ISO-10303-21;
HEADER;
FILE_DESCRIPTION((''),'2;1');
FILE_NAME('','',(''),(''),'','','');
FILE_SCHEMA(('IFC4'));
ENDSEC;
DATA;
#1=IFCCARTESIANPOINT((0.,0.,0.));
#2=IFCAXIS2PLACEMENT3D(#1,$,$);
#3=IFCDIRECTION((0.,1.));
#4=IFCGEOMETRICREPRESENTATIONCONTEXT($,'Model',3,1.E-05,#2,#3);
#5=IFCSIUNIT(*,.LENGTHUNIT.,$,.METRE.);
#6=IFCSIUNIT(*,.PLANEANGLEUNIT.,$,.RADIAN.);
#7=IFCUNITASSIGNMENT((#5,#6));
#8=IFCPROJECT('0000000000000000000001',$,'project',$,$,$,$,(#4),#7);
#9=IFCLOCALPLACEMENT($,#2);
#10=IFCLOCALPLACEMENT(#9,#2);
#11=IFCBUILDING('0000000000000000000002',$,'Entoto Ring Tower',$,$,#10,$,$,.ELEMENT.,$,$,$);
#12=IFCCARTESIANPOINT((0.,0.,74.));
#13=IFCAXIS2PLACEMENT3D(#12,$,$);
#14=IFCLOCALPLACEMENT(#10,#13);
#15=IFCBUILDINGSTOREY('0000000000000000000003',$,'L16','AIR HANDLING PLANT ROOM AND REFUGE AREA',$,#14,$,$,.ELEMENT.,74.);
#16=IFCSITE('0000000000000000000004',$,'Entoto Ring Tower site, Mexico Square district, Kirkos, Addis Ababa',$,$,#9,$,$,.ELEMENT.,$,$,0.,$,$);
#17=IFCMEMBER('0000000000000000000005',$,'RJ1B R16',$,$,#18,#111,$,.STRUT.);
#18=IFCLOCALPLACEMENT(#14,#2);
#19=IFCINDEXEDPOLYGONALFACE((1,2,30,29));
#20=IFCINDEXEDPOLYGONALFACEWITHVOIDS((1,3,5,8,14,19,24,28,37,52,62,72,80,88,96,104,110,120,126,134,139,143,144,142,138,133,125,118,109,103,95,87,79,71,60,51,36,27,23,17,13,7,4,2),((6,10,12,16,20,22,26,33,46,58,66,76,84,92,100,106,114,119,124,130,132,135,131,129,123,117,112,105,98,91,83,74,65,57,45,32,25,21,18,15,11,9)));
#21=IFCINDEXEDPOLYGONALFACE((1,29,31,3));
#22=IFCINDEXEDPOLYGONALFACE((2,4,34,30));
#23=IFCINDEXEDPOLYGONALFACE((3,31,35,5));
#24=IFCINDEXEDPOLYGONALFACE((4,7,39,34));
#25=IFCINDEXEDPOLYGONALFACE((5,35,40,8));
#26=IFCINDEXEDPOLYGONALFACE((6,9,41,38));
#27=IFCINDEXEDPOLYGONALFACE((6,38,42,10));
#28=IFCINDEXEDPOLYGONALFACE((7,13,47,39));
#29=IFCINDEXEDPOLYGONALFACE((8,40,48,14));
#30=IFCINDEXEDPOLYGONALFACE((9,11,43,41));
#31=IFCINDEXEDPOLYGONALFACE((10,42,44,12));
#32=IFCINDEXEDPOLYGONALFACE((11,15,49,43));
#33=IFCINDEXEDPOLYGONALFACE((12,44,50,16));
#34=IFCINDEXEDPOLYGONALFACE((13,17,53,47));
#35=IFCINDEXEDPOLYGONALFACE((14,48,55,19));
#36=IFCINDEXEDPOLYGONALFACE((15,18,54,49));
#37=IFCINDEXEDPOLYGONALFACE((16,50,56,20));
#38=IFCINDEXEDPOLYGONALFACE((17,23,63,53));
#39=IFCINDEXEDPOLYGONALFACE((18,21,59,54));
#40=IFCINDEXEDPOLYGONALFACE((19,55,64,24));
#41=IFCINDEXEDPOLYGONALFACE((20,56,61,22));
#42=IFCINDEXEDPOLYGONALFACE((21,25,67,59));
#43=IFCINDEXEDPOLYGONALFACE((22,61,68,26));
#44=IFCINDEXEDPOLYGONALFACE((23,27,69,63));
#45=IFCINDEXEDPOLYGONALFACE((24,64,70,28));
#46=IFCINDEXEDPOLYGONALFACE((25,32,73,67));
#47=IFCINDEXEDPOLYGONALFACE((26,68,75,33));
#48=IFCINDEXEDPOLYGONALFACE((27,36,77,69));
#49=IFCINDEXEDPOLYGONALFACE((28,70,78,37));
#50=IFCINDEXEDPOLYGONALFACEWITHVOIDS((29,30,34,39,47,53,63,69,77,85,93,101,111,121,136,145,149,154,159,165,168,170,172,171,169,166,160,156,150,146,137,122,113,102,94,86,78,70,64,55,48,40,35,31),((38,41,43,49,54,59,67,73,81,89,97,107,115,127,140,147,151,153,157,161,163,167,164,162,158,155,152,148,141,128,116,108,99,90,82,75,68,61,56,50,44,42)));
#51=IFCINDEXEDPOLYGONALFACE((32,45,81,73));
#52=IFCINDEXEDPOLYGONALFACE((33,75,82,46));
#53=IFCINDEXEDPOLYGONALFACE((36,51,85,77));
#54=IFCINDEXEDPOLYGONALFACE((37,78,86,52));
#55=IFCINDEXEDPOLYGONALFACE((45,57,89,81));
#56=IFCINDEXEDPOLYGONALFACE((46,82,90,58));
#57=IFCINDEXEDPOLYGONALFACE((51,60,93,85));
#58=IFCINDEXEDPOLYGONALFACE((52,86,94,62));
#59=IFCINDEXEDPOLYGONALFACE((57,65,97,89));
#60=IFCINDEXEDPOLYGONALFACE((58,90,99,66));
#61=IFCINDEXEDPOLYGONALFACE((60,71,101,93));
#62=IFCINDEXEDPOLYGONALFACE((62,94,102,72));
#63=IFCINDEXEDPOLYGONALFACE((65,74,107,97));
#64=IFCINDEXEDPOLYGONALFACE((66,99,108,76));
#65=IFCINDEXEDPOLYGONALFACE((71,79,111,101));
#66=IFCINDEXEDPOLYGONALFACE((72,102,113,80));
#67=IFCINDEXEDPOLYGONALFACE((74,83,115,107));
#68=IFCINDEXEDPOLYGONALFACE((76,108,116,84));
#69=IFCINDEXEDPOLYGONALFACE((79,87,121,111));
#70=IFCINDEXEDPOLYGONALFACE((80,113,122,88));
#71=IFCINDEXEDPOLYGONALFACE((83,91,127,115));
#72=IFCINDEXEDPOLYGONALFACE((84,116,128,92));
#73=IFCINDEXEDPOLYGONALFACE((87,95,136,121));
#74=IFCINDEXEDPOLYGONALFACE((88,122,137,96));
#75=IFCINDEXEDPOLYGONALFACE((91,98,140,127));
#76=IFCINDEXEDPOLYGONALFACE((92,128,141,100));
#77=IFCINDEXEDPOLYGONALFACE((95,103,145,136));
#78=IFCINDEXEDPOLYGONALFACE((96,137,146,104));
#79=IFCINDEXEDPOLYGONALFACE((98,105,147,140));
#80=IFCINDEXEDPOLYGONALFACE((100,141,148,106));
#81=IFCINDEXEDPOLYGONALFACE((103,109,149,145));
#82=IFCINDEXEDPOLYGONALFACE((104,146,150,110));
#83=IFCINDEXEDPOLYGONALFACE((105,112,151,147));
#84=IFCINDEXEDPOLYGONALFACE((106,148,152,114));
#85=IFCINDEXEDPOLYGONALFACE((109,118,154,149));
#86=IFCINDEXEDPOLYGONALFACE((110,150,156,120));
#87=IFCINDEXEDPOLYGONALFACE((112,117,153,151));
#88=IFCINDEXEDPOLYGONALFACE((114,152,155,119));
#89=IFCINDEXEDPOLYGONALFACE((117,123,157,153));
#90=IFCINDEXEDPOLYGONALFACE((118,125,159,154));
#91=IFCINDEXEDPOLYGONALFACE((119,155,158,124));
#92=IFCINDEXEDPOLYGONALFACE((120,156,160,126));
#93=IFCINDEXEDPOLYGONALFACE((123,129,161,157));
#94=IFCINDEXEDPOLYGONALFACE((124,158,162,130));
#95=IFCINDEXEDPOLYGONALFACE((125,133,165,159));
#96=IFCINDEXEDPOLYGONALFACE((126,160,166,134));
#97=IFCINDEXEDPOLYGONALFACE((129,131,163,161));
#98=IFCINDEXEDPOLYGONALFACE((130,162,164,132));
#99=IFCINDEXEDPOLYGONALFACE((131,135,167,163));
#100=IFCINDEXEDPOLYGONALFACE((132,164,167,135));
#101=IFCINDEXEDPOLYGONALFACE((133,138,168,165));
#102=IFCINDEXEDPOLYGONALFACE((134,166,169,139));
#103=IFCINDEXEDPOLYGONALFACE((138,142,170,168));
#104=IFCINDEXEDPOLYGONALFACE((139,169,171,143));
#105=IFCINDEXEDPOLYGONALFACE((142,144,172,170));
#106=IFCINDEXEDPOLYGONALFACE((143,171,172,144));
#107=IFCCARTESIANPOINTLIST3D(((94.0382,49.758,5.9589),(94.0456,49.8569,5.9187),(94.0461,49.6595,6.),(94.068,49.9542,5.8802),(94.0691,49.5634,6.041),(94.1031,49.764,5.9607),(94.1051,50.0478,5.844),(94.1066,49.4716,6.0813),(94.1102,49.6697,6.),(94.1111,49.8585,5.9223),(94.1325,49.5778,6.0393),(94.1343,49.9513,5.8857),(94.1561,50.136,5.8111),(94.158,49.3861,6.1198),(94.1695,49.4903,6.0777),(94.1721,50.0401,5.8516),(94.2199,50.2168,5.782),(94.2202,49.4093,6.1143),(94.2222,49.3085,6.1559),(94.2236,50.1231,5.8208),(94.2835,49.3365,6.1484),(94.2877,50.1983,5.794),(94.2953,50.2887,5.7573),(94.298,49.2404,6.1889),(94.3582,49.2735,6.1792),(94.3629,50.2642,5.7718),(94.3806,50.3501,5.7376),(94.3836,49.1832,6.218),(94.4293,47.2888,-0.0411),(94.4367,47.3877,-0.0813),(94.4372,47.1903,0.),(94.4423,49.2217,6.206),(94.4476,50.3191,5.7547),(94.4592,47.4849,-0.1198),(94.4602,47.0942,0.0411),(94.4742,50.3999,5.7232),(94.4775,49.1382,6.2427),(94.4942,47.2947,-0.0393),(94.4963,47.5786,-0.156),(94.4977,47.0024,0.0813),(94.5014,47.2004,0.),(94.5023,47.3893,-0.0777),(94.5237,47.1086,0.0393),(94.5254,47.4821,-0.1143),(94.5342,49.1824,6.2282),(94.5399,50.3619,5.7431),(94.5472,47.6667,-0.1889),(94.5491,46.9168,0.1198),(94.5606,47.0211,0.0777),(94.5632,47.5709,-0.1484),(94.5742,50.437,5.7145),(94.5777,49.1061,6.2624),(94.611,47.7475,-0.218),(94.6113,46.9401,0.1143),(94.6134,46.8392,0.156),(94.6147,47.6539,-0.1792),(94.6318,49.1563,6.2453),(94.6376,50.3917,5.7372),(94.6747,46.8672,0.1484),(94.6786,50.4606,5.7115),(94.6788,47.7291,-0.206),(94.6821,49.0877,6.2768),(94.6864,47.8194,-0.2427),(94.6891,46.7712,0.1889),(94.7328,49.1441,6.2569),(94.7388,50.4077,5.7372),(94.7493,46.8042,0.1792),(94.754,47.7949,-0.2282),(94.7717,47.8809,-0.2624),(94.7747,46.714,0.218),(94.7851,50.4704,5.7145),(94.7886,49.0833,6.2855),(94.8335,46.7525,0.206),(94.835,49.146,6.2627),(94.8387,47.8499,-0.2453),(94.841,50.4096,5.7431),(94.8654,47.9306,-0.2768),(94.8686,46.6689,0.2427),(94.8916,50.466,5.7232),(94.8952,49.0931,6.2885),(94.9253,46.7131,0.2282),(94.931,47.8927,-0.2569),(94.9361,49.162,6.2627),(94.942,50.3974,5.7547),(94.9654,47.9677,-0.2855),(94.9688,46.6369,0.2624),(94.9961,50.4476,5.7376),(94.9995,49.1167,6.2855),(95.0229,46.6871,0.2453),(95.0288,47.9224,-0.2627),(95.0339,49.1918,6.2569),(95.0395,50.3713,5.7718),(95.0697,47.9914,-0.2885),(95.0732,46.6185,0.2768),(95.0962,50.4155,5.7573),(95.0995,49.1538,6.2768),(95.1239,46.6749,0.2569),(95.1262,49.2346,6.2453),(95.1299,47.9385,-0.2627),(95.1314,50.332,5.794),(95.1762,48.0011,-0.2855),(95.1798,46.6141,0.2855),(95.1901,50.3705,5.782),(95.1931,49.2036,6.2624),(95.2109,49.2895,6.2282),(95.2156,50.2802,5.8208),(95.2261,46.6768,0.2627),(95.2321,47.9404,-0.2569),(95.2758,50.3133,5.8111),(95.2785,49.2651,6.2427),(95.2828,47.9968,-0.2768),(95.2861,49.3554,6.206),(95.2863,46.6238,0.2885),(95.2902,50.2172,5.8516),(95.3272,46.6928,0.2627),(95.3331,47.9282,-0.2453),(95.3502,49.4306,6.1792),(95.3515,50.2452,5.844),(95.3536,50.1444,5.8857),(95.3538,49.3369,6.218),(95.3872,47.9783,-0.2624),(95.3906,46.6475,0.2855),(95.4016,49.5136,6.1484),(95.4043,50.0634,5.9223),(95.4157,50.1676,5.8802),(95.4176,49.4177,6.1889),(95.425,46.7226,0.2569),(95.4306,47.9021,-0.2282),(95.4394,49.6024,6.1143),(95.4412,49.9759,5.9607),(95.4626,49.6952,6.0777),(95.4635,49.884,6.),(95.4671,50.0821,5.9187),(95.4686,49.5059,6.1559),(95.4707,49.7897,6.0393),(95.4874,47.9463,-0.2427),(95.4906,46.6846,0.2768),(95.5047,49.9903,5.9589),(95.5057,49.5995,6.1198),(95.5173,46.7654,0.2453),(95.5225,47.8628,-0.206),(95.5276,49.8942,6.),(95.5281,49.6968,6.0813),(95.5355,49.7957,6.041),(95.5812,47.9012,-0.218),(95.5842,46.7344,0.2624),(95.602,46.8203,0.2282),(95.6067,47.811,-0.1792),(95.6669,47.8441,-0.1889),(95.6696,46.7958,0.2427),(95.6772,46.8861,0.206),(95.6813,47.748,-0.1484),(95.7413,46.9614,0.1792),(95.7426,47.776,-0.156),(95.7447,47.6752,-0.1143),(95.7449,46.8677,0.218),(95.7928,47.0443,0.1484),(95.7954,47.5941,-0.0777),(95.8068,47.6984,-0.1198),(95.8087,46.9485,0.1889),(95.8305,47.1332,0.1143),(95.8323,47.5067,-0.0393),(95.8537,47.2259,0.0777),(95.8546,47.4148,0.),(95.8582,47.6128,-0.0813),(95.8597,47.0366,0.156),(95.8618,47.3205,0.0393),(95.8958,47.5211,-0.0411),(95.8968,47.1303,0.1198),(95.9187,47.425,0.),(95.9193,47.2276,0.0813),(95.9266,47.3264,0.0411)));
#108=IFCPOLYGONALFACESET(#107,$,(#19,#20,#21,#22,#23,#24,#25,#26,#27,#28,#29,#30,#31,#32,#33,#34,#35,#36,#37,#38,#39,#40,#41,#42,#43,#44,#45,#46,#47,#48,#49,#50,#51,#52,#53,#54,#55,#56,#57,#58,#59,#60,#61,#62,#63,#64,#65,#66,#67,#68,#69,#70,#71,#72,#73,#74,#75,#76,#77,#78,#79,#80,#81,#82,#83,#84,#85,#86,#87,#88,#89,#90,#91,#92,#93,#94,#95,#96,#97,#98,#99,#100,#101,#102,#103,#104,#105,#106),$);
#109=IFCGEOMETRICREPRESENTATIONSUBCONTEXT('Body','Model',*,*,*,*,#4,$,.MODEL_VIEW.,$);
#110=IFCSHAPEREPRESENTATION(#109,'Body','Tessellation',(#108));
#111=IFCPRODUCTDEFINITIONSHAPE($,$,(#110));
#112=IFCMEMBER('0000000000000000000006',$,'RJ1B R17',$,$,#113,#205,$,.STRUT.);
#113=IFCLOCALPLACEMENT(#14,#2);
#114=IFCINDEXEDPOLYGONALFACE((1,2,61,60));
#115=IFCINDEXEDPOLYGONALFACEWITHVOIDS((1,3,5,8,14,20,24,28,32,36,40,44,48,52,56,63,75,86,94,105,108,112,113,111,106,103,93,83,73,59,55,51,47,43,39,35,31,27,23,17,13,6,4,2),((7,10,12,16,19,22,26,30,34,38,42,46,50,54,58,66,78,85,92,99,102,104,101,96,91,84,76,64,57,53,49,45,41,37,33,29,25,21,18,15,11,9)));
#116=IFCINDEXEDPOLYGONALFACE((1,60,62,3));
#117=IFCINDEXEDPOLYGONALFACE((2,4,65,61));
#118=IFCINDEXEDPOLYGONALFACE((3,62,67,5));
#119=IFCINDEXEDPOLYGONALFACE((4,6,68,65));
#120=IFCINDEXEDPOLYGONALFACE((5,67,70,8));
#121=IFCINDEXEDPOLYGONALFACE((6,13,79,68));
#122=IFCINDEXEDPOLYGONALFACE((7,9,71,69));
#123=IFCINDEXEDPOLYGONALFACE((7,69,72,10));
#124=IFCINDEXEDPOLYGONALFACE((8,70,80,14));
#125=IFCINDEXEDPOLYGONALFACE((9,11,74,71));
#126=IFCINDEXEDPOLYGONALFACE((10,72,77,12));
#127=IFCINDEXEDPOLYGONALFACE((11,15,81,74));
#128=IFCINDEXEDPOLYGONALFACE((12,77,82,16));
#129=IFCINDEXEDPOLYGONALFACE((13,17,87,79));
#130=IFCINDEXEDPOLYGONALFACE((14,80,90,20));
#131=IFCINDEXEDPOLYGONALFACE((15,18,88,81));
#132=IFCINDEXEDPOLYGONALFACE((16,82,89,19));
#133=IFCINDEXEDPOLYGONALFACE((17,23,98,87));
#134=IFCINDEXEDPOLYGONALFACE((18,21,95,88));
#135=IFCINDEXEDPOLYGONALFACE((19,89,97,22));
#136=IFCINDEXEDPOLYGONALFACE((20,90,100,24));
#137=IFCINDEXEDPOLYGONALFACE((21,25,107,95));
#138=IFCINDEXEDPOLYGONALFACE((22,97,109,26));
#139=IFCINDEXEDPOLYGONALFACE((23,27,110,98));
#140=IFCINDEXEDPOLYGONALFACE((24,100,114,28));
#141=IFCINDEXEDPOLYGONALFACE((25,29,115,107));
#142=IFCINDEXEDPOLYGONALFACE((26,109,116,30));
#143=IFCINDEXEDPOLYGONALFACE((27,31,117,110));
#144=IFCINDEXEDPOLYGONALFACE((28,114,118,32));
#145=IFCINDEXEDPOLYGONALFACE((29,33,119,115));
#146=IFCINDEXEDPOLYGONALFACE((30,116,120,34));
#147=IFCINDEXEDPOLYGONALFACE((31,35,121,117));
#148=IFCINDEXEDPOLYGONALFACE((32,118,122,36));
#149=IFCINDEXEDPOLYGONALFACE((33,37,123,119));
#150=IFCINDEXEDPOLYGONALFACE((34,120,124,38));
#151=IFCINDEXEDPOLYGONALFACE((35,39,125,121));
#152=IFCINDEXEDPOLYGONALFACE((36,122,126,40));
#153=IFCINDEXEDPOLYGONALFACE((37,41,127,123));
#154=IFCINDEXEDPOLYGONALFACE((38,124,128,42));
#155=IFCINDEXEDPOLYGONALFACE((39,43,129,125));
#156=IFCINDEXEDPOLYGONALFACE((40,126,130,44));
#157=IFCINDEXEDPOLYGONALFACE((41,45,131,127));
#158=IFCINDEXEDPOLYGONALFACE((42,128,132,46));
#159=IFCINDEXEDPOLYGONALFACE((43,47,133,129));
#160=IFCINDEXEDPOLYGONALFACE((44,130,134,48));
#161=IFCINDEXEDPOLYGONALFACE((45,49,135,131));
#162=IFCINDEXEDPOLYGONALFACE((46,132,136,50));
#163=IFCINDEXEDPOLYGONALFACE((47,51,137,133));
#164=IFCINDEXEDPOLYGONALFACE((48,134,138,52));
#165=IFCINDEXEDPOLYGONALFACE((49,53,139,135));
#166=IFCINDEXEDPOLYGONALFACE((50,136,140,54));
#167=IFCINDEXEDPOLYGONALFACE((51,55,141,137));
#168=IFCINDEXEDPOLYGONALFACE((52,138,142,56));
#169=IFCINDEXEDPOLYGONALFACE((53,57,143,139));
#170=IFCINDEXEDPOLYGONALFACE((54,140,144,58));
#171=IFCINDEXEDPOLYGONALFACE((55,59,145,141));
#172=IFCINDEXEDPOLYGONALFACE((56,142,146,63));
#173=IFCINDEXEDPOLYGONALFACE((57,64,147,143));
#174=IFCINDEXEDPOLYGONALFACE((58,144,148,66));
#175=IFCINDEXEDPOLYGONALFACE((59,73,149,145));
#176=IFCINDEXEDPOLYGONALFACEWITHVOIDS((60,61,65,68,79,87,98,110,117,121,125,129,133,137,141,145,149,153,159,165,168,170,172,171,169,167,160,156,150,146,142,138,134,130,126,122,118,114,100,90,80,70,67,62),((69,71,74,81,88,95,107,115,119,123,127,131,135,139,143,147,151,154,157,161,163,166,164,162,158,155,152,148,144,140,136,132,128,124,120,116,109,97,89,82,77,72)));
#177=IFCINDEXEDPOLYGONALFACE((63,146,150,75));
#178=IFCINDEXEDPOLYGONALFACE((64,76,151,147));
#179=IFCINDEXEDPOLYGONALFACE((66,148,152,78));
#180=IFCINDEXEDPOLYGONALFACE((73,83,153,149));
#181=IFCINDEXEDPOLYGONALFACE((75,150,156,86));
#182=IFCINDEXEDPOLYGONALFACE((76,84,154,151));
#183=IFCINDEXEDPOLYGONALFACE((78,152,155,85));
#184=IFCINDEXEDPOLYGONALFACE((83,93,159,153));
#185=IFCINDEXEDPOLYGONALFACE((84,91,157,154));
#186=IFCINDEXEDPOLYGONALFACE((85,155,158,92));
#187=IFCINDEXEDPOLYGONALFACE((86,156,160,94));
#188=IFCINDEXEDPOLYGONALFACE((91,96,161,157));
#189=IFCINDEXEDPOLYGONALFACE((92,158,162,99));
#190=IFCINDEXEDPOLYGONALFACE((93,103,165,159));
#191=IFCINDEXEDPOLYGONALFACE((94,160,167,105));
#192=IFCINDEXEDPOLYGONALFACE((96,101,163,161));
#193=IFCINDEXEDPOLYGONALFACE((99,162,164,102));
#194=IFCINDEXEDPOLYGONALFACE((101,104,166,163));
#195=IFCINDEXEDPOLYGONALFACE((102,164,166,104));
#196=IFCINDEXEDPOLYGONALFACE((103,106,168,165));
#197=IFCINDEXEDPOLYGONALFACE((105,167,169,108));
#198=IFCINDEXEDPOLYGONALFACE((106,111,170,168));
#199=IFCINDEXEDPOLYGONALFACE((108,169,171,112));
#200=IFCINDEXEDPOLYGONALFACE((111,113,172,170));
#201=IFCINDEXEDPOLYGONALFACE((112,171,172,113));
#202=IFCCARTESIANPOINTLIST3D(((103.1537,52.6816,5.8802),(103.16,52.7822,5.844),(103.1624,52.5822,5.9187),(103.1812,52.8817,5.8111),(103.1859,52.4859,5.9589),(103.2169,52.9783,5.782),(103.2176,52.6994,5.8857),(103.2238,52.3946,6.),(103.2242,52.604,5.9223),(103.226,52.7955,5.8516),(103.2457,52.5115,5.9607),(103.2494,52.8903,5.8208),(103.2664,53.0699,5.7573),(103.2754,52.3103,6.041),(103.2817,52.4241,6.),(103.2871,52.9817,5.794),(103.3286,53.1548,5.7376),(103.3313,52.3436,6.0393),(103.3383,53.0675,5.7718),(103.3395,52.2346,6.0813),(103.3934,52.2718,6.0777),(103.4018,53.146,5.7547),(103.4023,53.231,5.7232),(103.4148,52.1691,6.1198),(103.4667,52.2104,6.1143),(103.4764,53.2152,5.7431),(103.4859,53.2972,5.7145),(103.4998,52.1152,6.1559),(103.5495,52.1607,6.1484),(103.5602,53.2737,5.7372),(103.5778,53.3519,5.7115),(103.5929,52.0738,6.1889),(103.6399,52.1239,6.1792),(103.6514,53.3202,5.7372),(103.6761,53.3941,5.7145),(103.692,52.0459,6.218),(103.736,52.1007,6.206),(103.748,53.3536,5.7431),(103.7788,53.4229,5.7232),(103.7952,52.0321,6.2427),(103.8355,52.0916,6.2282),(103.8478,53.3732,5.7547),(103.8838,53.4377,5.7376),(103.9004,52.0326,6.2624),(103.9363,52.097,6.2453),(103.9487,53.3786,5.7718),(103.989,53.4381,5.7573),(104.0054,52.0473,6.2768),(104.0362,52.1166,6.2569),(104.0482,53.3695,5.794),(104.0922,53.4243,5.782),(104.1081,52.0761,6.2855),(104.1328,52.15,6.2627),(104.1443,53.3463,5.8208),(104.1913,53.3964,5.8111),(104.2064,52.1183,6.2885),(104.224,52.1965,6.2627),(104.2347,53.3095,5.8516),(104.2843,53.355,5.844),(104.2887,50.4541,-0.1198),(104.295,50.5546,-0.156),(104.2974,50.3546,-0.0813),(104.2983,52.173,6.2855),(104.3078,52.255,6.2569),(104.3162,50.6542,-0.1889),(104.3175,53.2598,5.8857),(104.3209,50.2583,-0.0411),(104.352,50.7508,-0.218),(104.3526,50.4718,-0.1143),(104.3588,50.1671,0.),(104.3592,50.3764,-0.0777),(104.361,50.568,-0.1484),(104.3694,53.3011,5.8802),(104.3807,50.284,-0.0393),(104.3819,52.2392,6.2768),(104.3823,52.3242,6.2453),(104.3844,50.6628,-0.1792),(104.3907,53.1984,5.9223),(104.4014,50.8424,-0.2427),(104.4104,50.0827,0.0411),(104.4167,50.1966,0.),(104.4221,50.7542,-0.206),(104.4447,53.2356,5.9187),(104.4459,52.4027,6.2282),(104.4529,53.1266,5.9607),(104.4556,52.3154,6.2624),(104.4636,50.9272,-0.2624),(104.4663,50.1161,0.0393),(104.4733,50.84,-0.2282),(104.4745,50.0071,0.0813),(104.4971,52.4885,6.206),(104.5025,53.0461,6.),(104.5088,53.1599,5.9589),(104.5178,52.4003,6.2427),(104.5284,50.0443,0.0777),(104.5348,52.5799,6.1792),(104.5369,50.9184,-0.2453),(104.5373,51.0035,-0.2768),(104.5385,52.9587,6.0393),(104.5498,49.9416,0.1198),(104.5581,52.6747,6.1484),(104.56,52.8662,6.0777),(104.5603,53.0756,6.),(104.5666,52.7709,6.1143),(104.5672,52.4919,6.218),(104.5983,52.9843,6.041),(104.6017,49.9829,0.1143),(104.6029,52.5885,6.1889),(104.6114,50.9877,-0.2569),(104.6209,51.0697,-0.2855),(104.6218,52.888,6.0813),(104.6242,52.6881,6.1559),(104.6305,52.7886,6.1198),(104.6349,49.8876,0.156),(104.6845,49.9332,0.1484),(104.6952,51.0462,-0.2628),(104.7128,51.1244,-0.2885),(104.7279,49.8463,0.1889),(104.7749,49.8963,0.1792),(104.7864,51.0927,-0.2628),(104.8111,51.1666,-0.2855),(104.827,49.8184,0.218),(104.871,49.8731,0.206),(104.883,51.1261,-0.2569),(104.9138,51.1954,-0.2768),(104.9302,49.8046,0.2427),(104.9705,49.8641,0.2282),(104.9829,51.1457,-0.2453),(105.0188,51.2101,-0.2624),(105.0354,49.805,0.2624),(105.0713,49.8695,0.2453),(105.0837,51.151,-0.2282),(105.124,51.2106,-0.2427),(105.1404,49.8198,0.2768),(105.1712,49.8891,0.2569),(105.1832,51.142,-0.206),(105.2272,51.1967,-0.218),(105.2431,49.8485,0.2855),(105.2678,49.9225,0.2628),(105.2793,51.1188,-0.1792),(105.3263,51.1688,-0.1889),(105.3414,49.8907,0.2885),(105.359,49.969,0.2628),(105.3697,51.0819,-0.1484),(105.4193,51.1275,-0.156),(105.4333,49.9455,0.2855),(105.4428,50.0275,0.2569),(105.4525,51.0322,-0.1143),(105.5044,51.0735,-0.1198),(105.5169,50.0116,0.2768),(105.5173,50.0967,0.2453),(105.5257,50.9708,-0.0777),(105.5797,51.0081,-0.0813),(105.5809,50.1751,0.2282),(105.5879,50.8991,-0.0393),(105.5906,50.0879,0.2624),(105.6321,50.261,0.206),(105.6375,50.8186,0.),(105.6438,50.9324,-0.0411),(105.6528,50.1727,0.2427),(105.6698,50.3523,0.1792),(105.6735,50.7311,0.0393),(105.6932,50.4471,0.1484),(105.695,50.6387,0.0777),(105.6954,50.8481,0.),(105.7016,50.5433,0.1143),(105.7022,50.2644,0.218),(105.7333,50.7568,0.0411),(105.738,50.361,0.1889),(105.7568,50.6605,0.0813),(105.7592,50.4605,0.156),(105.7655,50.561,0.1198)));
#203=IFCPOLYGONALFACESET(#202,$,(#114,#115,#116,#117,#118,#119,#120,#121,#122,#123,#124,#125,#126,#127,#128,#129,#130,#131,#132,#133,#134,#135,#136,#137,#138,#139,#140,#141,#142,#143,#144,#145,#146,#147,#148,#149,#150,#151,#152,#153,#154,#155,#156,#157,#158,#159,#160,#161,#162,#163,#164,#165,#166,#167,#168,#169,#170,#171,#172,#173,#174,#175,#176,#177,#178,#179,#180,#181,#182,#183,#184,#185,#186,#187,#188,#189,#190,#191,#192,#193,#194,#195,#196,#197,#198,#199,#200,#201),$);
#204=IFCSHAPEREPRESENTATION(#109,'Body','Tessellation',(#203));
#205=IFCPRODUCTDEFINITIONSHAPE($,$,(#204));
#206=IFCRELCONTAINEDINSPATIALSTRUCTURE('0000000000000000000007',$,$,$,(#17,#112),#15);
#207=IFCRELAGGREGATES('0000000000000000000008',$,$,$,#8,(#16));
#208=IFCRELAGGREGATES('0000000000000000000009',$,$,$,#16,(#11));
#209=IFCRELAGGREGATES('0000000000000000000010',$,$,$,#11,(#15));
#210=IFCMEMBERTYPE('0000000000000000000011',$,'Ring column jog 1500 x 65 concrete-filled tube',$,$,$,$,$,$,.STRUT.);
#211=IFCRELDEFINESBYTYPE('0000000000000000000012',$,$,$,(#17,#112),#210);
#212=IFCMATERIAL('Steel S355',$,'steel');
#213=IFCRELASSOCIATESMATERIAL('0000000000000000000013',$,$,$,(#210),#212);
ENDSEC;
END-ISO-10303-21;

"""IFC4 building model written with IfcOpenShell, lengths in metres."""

from ifc_helpers import new_model, si_unit, direction, frame, origin, origin_2d, place, context, subcontext, project, spatial, circle, hollow_circle, extrude, material, material_profile, profile_set, type_object, element, save


model = new_model("IFC4")

# Units and contexts
model_context = context("Model", 3, precision=1e-05, world=origin(), true_north=direction((0.0, 1.0)))
body_context = subcontext(model_context, "Body", "Model", "MODEL_VIEW")
ifc_project = project(units=[si_unit("LENGTHUNIT", "METRE"), si_unit("PLANEANGLEUNIT", "RADIAN")], contexts=[model_context])

# Site, building, storey
site_placement = place(None, origin())
site = spatial("IfcSite", under=ifc_project, at=site_placement, Name="Entoto Ring Tower site, Mexico Square district, Kirkos, Addis Ababa", CompositionType="ELEMENT", RefElevation=0.0)
building_placement = place(site_placement, origin())
building = spatial("IfcBuilding", under=site, at=building_placement, Name="Entoto Ring Tower", CompositionType="ELEMENT")
storey_placement = place(building_placement, frame((0.0, 0.0, 74.0)))
storey = spatial("IfcBuildingStorey", under=building, at=storey_placement, Name="L16", Description="AIR HANDLING PLANT ROOM AND REFUGE AREA", CompositionType="ELEMENT", Elevation=74.0)

# Members
ifc_material_1 = material(Name="Steel S355", Category="steel")
ifc_material_profile_1 = material_profile(ifc_material_1, hollow_circle(Radius=0.75, WallThickness=0.0649, at=origin_2d()), Name="CHS 1500 x 65")
ifc_material_2 = material(Name="Concrete C60/75", Category="concrete")
ifc_material_profile_2 = material_profile(ifc_material_2, circle(Radius=0.6851, at=origin_2d()), Name="Concrete C60/75 infill")
ifc_profile_set_1 = profile_set([ifc_material_profile_1, ifc_material_profile_2], Name="Steel S355")
member_type_1 = type_object("IfcMemberType", Name="Ring column jog 1500 x 65 concrete-filled tube", PredefinedType="STRUT", material=ifc_profile_set_1)
for number, where, z_axis, x_axis, name in (
    (1, (95.178, 47.3076, 0.0), (-0.060171, 0.379882, 0.923076), (-0.987687, -0.156444, 0.0), "RJ1B R16"),
    (2, (105.0271, 50.5076, 0.0), (-0.174617, 0.342698, 0.923075), (-0.891003, -0.453997, 0.0), "RJ1B R17"),
):
    element("IfcMember", number, at=place(storey_placement, frame(where, z_axis=z_axis, x_axis=x_axis)), inside=storey, type_object=member_type_1, Name=name, PredefinedType="STRUT", context=body_context, shape_type="SweptSolid", body=[
        extrude(hollow_circle(Radius=0.75, WallThickness=0.0649, at=origin_2d()), origin(), (0.0, 0.0, 1.0), 6.5),
    ])

save(model, "model.ifc")
